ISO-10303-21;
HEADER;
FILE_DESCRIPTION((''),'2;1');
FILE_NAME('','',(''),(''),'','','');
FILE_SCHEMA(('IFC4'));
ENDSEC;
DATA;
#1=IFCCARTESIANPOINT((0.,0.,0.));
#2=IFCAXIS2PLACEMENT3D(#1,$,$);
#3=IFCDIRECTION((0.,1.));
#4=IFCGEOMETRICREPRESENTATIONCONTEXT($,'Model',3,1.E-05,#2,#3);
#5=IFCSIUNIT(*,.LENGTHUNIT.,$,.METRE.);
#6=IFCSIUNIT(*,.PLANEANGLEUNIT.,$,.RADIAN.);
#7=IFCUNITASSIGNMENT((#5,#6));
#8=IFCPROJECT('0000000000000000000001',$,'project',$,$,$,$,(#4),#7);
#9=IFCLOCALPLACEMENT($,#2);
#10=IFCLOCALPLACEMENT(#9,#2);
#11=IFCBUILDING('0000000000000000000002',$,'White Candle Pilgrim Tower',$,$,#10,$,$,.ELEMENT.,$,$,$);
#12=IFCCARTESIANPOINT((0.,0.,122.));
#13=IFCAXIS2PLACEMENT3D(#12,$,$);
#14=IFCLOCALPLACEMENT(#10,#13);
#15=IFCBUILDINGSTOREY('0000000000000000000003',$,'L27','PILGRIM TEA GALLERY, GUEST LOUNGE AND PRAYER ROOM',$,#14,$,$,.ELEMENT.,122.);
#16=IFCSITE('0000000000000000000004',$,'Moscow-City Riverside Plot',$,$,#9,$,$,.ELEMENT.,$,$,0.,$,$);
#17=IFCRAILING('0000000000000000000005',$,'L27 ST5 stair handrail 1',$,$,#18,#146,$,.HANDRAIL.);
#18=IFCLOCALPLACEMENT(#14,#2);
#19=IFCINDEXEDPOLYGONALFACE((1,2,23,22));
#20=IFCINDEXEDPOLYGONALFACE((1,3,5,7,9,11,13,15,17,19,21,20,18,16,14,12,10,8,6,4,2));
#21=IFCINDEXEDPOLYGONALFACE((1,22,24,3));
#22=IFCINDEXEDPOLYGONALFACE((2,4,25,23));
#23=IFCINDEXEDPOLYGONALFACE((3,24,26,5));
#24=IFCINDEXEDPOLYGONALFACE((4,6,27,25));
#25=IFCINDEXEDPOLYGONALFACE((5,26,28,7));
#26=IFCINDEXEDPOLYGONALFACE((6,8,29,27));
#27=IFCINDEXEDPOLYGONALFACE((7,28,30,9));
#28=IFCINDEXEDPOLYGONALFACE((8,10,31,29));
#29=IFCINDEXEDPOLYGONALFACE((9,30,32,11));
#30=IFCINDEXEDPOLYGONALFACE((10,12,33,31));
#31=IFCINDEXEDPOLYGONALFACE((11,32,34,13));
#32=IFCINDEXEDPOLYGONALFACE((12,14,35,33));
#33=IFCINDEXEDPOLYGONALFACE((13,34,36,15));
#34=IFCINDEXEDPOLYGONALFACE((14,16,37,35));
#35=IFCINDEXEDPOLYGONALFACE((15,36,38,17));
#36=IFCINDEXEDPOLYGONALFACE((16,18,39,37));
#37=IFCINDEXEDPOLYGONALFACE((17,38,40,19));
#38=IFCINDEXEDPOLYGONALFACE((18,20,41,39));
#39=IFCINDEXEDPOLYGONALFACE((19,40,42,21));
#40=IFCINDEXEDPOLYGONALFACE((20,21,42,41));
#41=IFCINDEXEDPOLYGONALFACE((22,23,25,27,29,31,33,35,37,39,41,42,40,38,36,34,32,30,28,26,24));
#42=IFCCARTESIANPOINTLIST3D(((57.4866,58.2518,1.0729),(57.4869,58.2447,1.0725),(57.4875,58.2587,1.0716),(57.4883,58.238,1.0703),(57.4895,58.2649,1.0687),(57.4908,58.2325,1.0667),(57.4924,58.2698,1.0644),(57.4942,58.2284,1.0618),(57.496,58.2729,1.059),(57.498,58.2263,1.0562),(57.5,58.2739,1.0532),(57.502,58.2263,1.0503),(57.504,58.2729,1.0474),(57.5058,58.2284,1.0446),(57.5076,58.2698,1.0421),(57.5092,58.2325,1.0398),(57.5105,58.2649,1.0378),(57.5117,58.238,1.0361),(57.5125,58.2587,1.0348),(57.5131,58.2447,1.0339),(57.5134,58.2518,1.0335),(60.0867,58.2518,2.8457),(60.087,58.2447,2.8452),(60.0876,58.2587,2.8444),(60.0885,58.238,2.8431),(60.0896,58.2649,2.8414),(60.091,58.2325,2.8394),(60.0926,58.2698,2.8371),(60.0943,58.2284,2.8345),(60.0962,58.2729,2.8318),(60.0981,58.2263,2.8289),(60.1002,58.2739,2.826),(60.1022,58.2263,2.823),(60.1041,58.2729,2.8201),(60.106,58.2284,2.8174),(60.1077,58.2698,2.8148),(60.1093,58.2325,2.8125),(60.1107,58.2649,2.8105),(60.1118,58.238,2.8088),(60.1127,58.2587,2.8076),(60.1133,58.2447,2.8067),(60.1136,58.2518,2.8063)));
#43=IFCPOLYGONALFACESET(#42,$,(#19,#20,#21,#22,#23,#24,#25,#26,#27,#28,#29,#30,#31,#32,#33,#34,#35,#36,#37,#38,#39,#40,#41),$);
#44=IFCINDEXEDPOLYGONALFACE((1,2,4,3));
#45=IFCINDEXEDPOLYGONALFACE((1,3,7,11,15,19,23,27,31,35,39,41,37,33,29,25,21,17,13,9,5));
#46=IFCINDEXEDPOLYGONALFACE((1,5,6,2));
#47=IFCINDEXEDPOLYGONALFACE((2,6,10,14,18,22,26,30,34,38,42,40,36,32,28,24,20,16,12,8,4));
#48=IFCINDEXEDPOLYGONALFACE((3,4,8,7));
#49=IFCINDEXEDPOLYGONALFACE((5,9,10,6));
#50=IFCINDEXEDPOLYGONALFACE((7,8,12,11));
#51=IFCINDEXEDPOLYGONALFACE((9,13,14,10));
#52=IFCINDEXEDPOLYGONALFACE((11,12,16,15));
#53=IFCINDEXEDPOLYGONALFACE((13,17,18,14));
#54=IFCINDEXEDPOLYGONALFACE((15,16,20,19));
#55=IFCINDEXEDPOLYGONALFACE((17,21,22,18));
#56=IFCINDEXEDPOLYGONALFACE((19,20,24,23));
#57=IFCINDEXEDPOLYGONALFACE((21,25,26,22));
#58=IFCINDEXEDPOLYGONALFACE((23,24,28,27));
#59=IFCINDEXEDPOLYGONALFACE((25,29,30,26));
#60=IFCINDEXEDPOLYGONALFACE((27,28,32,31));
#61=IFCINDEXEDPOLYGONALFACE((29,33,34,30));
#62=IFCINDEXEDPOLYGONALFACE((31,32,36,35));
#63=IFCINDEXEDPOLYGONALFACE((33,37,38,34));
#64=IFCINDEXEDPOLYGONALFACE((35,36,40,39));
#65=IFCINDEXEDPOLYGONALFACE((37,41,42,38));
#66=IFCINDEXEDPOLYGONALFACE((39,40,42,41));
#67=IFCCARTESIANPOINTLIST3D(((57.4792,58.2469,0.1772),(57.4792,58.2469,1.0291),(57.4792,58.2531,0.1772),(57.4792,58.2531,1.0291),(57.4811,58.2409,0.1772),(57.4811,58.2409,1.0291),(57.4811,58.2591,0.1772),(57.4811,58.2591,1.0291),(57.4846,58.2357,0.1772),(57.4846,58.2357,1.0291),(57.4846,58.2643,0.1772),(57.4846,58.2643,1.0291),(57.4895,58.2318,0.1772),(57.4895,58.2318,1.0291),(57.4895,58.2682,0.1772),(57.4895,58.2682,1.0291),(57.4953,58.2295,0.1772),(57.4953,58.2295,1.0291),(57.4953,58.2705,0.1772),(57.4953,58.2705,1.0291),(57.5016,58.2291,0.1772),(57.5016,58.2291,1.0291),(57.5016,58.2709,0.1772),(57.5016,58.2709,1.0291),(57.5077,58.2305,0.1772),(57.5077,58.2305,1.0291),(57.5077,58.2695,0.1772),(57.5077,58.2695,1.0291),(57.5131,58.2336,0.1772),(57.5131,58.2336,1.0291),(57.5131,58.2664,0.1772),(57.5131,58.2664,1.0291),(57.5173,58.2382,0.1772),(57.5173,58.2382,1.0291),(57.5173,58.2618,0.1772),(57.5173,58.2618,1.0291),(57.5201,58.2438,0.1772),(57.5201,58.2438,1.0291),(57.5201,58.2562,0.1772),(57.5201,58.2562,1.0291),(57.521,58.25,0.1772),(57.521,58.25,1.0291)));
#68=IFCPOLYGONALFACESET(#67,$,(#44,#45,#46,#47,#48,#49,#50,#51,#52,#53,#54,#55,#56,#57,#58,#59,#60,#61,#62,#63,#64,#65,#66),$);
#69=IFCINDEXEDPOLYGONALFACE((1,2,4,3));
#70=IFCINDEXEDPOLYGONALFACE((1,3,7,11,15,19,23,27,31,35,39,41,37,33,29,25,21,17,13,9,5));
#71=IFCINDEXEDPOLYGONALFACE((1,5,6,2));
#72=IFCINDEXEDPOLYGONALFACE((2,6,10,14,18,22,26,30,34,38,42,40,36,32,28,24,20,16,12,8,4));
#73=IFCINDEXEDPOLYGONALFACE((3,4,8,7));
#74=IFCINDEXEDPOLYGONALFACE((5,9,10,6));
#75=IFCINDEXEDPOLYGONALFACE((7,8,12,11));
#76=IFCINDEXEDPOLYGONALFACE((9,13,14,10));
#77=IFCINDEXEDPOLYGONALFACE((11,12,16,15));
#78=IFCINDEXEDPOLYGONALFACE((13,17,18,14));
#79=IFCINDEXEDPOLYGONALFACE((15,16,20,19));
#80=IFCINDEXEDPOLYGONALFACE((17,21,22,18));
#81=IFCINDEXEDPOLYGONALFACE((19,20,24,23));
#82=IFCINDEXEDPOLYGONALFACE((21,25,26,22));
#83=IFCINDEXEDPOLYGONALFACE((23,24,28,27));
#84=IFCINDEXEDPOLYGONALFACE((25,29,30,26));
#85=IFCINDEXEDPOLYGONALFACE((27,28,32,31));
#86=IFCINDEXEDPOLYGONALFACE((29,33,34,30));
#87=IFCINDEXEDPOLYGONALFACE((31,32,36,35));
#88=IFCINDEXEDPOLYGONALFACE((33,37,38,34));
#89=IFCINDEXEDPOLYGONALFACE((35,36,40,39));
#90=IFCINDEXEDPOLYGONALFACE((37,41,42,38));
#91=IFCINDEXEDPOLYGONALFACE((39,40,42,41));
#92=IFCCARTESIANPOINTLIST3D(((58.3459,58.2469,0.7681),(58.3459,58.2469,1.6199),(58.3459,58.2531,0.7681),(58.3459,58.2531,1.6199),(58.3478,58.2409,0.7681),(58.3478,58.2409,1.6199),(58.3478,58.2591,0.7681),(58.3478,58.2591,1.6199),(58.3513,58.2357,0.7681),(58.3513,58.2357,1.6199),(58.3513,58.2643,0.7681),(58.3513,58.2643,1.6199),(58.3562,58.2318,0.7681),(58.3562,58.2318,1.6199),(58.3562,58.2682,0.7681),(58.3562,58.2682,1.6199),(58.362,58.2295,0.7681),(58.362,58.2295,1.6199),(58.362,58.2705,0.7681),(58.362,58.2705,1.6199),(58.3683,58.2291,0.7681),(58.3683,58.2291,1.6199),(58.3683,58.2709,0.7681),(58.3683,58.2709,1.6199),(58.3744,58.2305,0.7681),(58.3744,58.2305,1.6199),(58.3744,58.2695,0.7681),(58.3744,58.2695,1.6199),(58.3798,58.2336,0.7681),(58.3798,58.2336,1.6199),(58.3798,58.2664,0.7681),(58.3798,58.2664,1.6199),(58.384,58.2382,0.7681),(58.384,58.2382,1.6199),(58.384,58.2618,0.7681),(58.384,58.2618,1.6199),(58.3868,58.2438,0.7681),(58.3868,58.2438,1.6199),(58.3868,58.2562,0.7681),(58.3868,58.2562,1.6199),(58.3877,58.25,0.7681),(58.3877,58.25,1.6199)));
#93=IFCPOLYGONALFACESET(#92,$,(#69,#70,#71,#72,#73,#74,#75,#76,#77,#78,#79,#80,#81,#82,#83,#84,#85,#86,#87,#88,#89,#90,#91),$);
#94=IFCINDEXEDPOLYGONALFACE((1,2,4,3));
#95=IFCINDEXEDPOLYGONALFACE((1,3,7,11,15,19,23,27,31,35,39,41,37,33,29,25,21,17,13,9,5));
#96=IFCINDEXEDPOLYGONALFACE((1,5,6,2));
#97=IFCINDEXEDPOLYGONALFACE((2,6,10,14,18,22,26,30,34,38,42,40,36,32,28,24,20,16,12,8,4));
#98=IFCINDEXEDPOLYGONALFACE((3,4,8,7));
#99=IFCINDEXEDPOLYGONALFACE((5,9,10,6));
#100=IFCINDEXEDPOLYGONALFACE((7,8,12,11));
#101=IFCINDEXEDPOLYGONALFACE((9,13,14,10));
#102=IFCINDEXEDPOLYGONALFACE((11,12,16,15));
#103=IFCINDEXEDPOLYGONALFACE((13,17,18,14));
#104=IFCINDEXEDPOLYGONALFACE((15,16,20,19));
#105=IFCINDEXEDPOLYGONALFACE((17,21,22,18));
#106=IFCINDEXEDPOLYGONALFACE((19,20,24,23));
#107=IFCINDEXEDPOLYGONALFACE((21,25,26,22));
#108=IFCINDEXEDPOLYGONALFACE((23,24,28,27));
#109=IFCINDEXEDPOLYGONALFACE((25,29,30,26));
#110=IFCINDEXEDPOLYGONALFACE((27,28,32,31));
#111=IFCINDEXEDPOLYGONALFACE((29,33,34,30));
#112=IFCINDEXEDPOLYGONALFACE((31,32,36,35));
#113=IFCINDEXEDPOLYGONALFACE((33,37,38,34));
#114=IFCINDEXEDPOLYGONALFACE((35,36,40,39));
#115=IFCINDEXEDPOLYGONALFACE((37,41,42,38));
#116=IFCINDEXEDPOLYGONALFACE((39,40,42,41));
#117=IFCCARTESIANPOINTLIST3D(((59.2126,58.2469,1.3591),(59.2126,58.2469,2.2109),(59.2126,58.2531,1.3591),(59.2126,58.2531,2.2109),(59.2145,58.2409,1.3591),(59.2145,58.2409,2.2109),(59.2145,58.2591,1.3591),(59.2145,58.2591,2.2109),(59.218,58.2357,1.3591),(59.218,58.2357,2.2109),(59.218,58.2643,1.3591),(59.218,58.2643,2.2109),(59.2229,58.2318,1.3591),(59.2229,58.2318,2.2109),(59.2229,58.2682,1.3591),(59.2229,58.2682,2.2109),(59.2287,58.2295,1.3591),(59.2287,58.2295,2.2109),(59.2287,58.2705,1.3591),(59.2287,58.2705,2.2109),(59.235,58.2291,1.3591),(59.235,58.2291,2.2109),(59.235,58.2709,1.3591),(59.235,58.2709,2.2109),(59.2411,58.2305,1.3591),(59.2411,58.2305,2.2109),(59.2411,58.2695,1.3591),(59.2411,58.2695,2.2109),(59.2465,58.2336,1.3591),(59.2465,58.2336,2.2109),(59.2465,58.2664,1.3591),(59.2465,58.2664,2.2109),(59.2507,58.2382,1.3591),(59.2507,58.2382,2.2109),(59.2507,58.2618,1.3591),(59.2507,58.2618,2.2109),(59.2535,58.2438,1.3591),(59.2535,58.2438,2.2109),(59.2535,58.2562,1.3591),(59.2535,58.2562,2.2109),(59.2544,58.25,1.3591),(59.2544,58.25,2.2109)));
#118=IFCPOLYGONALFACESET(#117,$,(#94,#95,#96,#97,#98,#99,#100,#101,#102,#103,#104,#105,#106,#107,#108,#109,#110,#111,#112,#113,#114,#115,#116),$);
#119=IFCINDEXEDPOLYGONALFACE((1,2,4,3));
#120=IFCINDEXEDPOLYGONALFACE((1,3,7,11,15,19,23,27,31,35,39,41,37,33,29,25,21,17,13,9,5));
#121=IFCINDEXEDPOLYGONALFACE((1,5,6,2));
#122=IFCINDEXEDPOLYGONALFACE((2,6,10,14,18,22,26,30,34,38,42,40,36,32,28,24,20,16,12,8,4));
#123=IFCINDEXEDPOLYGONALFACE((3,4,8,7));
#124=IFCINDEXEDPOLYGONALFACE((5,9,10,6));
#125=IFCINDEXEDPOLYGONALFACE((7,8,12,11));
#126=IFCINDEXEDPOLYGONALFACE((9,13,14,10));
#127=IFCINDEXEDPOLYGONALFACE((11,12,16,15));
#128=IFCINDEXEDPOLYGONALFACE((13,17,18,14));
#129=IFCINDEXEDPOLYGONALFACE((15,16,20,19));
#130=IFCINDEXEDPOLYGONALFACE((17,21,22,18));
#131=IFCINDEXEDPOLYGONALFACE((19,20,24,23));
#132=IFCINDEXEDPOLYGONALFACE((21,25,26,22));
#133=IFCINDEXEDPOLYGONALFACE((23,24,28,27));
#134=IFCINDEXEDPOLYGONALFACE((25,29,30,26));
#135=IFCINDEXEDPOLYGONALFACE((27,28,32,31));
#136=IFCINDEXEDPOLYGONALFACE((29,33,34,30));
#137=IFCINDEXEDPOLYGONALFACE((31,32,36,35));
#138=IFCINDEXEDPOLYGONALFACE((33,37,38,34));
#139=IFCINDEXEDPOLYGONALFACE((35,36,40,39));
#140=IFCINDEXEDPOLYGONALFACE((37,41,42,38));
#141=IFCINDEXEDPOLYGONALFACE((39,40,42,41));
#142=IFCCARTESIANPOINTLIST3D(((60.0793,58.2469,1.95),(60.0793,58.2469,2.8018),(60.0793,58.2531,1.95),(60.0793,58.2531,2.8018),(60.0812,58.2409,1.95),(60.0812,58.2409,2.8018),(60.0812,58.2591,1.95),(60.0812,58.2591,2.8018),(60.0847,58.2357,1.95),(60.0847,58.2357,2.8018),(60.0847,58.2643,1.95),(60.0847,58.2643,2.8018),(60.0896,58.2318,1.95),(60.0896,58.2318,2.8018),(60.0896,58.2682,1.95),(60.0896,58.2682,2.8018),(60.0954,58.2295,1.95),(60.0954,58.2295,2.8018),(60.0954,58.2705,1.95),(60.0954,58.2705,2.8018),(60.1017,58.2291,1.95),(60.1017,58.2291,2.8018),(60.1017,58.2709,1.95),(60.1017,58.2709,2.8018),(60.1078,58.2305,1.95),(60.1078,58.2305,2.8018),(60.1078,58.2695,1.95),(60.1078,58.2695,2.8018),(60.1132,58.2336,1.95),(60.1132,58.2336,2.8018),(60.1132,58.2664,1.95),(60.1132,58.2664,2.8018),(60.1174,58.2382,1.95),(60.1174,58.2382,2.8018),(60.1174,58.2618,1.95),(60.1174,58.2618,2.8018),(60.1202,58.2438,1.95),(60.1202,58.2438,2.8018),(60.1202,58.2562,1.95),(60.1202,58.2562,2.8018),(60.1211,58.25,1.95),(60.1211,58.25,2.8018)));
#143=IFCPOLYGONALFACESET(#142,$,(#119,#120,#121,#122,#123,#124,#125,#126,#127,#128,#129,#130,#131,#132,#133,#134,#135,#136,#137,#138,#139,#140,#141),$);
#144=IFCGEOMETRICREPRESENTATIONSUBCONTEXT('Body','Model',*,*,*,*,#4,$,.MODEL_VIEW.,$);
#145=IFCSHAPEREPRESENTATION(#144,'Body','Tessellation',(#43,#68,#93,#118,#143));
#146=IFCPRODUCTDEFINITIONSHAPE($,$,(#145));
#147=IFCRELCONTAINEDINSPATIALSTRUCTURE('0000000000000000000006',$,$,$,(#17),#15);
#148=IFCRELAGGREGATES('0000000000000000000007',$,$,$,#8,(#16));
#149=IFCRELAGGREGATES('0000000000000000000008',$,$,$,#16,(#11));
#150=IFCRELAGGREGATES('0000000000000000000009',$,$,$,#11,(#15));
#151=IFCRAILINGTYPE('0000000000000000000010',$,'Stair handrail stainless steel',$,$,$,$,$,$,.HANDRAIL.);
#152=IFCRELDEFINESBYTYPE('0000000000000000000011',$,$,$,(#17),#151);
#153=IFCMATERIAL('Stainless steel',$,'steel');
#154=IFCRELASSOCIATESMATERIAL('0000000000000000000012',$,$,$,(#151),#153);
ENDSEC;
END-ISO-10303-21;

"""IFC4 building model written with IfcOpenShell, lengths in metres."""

from ifc_helpers import new_model, si_unit, direction, frame, origin, origin_2d, place, context, subcontext, project, spatial, circle, extrude, material, type_object, element, save


model = new_model("IFC4")

# Units and contexts
model_context = context("Model", 3, precision=1e-05, world=origin(), true_north=direction((0.0, 1.0)))
body_context = subcontext(model_context, "Body", "Model", "MODEL_VIEW")
ifc_project = project(units=[si_unit("LENGTHUNIT", "METRE"), si_unit("PLANEANGLEUNIT", "RADIAN")], contexts=[model_context])

# Site, building, storey
site_placement = place(None, origin())
site = spatial("IfcSite", under=ifc_project, at=site_placement, Name="Moscow-City Riverside Plot", CompositionType="ELEMENT", RefElevation=0.0)
building_placement = place(site_placement, origin())
building = spatial("IfcBuilding", under=site, at=building_placement, Name="White Candle Pilgrim Tower", CompositionType="ELEMENT")
storey_placement = place(building_placement, frame((0.0, 0.0, 122.0)))
storey = spatial("IfcBuildingStorey", under=building, at=storey_placement, Name="L27", Description="PILGRIM TEA GALLERY, GUEST LOUNGE AND PRAYER ROOM", CompositionType="ELEMENT", Elevation=122.0)

# Railing
ifc_material_1 = material(Name="Stainless steel", Category="steel")
railing_type_1 = type_object("IfcRailingType", Name="Stair handrail stainless steel", PredefinedType="HANDRAIL", material=ifc_material_1)
railing_1_placement = place(storey_placement, frame((57.5, 58.25, 0.1772)))
element("IfcRailing", 1, at=railing_1_placement, inside=storey, type_object=railing_type_1, Name="L27 ST5 stair handrail 1", PredefinedType="HANDRAIL", context=body_context, shape_type="SweptSolid", body=[
    extrude(circle(Radius=0.0239, at=origin_2d()), frame((0.0, 0.0, 0.876), z_axis=(0.82624, 0.0, 0.563318), x_axis=(0.0, 1.0, 0.0)), (0.0, 0.0, 1.0), 3.147),
    extrude(circle(Radius=0.021, at=origin_2d()), origin(), (0.0, 0.0, 1.0), 0.8518),
    extrude(circle(Radius=0.021, at=origin_2d()), frame((0.8667, 0.0, 0.5908)), (0.0, 0.0, 1.0), 0.8518),
    extrude(circle(Radius=0.021, at=origin_2d()), frame((1.7334, 0.0, 1.1819)), (0.0, 0.0, 1.0), 0.8518),
    extrude(circle(Radius=0.021, at=origin_2d()), frame((2.6001, 0.0, 1.7727)), (0.0, 0.0, 1.0), 0.8518),
])

save(model, "model.ifc")
